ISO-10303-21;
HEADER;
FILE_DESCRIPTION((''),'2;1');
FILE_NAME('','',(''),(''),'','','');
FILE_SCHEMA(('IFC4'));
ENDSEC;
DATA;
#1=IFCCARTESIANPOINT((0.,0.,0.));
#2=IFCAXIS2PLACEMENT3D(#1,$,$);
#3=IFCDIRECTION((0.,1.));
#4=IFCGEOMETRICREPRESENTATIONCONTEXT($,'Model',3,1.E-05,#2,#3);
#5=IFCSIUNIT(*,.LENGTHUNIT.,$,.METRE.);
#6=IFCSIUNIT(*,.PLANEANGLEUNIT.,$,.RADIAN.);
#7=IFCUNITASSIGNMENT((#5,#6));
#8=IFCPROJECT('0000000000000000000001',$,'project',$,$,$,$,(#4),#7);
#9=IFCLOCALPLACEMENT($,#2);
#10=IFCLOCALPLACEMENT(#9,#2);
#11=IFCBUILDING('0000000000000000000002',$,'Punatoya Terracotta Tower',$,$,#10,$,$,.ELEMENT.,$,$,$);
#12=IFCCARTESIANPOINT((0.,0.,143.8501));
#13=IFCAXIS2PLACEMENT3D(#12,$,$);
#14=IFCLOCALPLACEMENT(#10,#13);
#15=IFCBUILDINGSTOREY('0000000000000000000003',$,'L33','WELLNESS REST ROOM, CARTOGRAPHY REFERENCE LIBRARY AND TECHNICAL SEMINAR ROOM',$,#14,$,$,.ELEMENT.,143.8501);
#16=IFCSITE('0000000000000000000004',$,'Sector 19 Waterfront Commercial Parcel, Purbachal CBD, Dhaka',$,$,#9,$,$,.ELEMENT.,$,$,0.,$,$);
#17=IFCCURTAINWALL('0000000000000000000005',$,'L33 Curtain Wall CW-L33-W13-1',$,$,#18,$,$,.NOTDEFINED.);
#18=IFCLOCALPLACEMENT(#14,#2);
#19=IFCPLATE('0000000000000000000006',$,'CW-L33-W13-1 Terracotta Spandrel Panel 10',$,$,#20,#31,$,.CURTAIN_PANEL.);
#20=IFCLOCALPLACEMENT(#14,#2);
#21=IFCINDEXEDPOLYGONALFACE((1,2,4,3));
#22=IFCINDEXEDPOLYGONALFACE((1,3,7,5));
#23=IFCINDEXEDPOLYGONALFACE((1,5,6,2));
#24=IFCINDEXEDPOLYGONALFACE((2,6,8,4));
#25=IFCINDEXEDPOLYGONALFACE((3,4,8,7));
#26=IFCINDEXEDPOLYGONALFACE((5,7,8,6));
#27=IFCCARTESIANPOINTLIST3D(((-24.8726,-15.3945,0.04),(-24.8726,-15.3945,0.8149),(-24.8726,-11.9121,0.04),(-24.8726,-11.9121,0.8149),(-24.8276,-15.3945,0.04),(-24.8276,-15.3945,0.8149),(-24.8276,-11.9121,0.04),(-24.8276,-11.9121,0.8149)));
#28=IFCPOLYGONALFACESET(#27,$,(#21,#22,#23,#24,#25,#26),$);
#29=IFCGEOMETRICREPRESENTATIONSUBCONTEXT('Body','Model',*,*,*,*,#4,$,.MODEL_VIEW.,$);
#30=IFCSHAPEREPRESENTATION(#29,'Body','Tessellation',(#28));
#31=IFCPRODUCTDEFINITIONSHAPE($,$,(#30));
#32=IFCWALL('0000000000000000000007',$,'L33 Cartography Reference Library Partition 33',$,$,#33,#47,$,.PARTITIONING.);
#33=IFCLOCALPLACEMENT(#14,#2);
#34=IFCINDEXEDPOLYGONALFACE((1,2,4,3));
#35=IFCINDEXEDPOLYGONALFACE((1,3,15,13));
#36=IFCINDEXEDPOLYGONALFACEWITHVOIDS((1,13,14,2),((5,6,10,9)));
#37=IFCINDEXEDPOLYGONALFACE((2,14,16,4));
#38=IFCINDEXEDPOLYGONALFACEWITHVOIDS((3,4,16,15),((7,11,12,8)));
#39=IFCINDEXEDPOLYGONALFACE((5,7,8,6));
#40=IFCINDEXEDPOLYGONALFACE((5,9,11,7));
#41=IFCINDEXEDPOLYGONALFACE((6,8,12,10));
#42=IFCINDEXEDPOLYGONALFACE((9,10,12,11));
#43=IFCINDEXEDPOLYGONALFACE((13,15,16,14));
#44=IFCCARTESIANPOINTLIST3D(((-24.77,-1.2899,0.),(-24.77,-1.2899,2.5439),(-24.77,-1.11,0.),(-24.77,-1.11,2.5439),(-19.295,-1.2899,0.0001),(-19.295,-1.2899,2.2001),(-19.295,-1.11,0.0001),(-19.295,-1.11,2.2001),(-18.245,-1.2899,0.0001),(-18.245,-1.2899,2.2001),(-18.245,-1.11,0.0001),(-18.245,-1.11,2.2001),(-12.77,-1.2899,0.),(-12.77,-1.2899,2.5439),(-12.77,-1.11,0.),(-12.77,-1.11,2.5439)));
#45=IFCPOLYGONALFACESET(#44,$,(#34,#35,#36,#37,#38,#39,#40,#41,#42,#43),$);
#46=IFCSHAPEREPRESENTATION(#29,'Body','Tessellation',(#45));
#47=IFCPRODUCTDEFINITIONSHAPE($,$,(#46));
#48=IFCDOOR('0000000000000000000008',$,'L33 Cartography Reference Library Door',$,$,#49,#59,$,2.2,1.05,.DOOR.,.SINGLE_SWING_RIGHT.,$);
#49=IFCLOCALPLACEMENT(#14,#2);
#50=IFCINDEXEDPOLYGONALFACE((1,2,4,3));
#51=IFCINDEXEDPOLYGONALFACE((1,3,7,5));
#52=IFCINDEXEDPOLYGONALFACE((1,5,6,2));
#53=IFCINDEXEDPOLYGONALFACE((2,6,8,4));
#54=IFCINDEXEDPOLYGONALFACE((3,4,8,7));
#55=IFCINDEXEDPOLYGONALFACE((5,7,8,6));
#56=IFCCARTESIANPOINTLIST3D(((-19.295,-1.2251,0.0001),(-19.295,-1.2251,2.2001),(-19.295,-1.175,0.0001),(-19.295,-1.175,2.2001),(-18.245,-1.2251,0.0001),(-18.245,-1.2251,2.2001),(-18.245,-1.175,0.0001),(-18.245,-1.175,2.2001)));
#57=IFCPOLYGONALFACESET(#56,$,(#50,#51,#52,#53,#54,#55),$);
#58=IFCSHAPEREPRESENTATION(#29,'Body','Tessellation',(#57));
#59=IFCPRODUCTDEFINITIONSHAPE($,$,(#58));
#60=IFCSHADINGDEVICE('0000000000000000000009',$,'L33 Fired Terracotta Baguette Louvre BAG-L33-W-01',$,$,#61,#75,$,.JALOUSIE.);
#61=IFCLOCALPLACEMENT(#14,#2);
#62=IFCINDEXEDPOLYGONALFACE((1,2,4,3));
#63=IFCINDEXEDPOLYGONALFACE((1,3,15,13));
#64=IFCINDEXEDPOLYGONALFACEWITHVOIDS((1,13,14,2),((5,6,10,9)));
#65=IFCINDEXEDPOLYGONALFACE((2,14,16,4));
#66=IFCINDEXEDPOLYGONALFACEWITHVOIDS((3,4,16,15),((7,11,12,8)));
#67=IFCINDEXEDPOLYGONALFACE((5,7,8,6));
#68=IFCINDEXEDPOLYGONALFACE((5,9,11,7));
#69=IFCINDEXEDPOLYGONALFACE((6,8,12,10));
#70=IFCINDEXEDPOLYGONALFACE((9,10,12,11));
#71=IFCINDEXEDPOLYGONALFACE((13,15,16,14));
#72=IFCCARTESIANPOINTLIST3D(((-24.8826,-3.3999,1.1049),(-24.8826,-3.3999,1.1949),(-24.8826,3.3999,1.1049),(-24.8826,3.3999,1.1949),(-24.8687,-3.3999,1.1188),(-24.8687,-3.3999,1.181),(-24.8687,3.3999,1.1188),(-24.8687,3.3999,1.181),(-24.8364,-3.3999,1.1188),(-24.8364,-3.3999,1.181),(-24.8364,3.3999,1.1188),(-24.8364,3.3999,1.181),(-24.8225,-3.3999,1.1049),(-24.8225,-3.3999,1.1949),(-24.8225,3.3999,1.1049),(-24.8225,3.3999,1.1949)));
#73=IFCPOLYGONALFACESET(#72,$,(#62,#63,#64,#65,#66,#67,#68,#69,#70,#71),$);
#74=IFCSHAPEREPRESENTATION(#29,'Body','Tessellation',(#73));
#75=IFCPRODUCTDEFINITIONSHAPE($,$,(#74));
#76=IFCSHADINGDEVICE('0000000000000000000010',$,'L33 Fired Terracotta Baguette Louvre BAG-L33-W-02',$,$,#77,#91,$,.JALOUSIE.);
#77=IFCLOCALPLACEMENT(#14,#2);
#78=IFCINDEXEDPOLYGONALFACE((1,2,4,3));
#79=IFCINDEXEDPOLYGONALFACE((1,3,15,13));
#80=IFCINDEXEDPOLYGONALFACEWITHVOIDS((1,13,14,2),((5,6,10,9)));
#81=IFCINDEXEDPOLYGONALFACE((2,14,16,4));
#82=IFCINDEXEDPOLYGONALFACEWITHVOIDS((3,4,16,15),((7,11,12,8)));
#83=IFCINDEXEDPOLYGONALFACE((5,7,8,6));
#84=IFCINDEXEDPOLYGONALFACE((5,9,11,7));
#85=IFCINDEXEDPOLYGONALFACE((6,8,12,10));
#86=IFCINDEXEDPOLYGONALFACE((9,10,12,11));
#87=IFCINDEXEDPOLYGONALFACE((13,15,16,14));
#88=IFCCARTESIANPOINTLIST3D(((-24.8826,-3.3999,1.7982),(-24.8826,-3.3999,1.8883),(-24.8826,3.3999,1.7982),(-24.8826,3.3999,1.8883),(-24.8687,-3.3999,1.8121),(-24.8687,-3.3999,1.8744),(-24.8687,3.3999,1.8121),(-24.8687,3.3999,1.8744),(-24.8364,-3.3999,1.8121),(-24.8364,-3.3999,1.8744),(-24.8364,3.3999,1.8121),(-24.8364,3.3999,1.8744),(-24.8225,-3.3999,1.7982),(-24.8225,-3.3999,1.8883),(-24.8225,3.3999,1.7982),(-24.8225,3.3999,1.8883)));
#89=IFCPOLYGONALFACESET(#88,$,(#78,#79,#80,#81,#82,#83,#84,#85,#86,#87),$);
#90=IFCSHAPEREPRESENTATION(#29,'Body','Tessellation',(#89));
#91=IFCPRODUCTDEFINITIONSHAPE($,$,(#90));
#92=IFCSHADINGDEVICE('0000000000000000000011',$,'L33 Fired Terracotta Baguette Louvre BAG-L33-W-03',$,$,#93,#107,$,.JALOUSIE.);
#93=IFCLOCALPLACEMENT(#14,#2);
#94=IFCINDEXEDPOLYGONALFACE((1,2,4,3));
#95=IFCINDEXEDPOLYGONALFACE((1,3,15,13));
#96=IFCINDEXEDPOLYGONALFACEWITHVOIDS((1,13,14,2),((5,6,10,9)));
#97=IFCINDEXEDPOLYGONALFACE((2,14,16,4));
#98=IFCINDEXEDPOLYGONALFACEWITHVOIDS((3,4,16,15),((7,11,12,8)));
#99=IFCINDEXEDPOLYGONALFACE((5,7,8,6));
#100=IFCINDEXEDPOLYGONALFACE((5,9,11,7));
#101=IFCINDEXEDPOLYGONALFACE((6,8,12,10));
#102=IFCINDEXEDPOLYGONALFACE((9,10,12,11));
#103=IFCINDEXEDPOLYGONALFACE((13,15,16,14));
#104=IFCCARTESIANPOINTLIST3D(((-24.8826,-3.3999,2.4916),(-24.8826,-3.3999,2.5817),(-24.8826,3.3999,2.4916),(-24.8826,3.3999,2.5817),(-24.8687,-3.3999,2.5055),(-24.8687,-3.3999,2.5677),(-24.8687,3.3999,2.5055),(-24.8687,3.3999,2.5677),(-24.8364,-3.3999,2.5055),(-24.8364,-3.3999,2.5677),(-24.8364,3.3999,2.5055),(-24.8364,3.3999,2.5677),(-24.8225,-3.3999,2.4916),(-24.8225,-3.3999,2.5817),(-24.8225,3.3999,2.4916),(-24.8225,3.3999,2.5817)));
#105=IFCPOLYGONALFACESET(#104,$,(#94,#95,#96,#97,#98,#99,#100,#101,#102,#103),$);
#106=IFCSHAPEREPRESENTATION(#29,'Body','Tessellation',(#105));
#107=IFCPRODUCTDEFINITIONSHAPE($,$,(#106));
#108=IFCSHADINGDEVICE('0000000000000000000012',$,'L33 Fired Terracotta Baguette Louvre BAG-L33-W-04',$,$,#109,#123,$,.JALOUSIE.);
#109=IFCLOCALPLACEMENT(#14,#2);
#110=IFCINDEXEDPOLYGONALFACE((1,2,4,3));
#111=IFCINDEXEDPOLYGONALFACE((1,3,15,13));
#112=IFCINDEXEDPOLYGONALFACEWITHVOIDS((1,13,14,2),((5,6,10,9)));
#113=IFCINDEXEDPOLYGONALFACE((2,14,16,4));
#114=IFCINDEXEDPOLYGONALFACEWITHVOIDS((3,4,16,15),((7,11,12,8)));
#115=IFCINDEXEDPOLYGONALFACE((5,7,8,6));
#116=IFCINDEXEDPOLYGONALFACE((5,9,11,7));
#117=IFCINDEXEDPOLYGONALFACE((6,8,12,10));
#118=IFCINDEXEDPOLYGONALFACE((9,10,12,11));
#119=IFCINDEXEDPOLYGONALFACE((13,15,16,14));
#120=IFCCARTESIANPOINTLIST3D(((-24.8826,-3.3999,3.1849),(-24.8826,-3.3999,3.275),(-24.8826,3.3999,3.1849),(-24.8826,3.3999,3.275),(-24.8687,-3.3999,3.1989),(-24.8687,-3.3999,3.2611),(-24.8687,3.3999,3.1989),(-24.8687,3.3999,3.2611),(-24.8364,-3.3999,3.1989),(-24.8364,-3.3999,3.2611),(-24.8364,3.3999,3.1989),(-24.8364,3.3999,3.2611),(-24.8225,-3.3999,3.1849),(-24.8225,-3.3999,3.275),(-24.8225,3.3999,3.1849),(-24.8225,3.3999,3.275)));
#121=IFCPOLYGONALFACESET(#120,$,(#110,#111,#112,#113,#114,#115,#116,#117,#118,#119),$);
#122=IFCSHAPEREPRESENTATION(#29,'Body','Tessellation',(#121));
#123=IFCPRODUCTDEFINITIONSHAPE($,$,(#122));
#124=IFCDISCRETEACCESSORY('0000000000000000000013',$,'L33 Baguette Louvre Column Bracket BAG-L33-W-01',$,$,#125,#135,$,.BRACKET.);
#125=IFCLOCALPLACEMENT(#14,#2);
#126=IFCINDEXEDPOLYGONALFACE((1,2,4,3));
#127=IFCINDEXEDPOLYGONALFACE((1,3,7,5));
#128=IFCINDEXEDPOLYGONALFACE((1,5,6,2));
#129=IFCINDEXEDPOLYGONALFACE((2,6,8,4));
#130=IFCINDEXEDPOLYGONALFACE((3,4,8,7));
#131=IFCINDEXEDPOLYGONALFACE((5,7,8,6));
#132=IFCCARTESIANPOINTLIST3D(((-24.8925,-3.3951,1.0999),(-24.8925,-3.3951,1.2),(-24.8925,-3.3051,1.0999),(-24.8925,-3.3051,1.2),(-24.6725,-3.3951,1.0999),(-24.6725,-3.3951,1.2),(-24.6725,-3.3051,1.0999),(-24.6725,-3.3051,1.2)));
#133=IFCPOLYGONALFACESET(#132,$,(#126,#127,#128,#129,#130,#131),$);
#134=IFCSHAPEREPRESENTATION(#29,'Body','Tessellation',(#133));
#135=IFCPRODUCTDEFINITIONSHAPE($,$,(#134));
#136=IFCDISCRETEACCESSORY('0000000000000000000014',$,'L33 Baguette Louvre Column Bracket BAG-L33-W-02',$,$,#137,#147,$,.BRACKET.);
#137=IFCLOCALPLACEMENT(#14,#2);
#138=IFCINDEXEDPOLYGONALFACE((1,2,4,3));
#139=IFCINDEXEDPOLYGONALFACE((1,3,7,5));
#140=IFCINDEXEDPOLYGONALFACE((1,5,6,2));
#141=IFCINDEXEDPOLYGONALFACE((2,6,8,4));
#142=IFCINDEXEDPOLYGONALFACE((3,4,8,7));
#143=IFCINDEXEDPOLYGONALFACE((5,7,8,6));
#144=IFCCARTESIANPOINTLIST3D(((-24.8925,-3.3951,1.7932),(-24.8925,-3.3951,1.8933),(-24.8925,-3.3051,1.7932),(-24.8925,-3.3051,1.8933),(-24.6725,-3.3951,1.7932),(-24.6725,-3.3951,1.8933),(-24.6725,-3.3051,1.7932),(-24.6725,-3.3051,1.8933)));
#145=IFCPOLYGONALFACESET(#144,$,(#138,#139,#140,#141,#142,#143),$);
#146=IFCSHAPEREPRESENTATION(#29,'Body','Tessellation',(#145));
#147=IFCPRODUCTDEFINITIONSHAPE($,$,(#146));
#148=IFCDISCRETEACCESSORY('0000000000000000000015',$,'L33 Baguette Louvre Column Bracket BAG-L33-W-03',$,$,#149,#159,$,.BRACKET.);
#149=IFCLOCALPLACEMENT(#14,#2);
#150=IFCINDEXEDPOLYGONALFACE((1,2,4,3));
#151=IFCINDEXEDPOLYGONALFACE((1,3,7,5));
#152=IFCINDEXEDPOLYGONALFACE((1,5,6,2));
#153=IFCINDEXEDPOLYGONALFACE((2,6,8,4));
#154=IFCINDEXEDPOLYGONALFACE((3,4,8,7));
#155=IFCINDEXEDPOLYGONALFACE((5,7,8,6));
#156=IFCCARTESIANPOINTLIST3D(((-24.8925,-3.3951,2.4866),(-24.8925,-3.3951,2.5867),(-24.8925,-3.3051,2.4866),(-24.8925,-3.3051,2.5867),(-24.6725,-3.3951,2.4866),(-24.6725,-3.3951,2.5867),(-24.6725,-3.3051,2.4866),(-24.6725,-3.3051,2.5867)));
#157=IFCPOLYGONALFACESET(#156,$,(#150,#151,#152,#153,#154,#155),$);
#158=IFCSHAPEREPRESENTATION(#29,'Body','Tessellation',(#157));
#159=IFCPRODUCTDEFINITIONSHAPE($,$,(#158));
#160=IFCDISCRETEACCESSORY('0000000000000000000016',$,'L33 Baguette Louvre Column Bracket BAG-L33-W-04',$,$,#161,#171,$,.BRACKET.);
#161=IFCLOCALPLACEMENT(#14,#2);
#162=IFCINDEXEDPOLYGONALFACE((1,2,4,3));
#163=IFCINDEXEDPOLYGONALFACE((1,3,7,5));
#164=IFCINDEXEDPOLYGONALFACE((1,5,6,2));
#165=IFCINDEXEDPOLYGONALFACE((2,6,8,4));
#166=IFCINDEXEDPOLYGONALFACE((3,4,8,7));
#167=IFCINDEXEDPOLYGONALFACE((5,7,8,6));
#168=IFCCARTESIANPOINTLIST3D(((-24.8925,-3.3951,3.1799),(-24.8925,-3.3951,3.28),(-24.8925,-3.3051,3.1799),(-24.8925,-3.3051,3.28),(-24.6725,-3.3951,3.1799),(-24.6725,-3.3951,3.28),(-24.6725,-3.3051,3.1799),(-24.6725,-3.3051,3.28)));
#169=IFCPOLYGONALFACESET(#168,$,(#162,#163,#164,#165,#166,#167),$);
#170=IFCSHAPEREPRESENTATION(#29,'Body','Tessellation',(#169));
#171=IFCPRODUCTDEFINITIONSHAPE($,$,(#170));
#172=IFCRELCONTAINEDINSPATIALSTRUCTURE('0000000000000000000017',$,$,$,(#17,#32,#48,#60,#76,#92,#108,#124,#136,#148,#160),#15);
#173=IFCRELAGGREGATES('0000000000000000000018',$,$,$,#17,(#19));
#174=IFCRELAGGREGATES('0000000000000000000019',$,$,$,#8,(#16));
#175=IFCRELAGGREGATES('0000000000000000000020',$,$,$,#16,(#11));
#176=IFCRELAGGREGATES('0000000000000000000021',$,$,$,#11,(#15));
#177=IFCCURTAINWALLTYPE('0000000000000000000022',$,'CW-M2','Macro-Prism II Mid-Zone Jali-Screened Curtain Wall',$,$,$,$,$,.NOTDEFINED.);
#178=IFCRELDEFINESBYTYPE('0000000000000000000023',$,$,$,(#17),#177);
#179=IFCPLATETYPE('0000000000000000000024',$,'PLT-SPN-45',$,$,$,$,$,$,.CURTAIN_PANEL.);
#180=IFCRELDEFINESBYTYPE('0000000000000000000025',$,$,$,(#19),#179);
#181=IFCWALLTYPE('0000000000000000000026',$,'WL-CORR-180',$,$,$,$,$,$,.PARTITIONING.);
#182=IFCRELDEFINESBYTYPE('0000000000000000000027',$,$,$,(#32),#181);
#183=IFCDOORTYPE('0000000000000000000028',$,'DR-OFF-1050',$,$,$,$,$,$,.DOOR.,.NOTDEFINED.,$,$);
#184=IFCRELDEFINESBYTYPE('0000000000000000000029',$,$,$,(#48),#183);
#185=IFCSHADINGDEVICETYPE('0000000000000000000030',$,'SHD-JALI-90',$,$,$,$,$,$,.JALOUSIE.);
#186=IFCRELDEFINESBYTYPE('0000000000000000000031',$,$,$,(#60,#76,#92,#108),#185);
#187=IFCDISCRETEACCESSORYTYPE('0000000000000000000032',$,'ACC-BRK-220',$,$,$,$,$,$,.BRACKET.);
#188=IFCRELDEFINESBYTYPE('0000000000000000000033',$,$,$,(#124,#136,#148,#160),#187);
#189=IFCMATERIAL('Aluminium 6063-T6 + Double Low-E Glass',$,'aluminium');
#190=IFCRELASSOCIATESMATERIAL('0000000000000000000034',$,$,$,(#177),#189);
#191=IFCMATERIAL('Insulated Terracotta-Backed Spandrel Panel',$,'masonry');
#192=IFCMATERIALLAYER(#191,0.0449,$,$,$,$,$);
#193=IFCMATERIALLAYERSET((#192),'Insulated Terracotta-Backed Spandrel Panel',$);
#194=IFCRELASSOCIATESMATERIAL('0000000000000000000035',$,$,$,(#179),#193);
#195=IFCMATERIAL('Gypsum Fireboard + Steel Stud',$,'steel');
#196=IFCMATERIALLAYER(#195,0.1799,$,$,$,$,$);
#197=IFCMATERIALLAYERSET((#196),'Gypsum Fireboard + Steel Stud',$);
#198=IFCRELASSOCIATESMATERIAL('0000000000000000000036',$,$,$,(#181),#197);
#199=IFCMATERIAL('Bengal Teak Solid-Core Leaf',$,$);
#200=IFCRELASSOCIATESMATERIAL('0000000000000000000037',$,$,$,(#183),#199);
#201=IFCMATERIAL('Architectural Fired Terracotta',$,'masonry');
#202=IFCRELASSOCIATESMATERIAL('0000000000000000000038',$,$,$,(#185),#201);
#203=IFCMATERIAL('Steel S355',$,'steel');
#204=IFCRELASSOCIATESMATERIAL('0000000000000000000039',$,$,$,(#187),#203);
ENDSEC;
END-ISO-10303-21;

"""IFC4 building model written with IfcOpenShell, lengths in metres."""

from ifc_helpers import new_model, si_unit, direction, frame, frame_2d, origin, origin_2d, place, context, subcontext, project, spatial, rectangle, hollow_rectangle, extrude, material, layer, layer_set, material_profile, profile_set, type_object, element, fill, aggregate, save


model = new_model("IFC4")

# Units and contexts
model_context = context("Model", 3, precision=1e-05, world=origin(), true_north=direction((0.0, 1.0)))
body_context = subcontext(model_context, "Body", "Model", "MODEL_VIEW")
ifc_project = project(units=[si_unit("LENGTHUNIT", "METRE"), si_unit("PLANEANGLEUNIT", "RADIAN")], contexts=[model_context])

# Site, building, storey
site_placement = place(None, origin())
site = spatial("IfcSite", under=ifc_project, at=site_placement, Name="Sector 19 Waterfront Commercial Parcel, Purbachal CBD, Dhaka", CompositionType="ELEMENT", RefElevation=0.0)
building_placement = place(site_placement, origin())
building = spatial("IfcBuilding", under=site, at=building_placement, Name="Punatoya Terracotta Tower", CompositionType="ELEMENT")
storey_placement = place(building_placement, frame((0.0, 0.0, 143.8501)))
storey = spatial("IfcBuildingStorey", under=building, at=storey_placement, Name="L33", Description="WELLNESS REST ROOM, CARTOGRAPHY REFERENCE LIBRARY AND TECHNICAL SEMINAR ROOM", CompositionType="ELEMENT", Elevation=143.8501)

# Curtain wall
ifc_material_1 = material(Name="Aluminium 6063-T6 + Double Low-E Glass", Category="aluminium")
curtain_wall_type = type_object("IfcCurtainWallType", Name="CW-M2", Description="Macro-Prism II Mid-Zone Jali-Screened Curtain Wall", PredefinedType="NOTDEFINED", material=ifc_material_1)
curtain_wall_1_placement = place(storey_placement, origin())
curtain_wall_1 = element("IfcCurtainWall", 1, at=curtain_wall_1_placement, inside=storey, type_object=curtain_wall_type, Name="L33 Curtain Wall CW-L33-W13-1", PredefinedType="NOTDEFINED")

# Shared definitions
ifc_material_2 = material(Name="Steel S355", Category="steel")

# Plate
ifc_material_3 = material(Name="Insulated Terracotta-Backed Spandrel Panel", Category="masonry")
ifc_layer_1 = layer(ifc_material_3, 0.0449)
ifc_layer_set_1 = layer_set([ifc_layer_1], Name="Insulated Terracotta-Backed Spandrel Panel")
plate_type_1 = type_object("IfcPlateType", Name="PLT-SPN-45", PredefinedType="CURTAIN_PANEL", material=ifc_layer_set_1)
plate_1_placement = place(storey_placement, frame((-24.8501, -13.6533, 0.04), z_axis=(0.0, 0.0, 1.0), x_axis=(0.0, -1.0, 0.0)))
plate_1 = element("IfcPlate", 2, at=plate_1_placement, type_object=plate_type_1, Name="CW-L33-W13-1 Terracotta Spandrel Panel 10", PredefinedType="CURTAIN_PANEL", context=body_context, shape_type="SweptSolid", body=[
    extrude(rectangle(XDim=3.4824, YDim=0.0449, at=origin_2d()), origin(), (0.0, 0.0, 1.0), 0.7749),
])
aggregate(curtain_wall_1, [plate_1])

# Wall, opening, door
ifc_material_4 = material(Name="Gypsum Fireboard + Steel Stud", Category="steel")
ifc_layer_2 = layer(ifc_material_4, 0.1799)
ifc_layer_set_2 = layer_set([ifc_layer_2], Name="Gypsum Fireboard + Steel Stud")
wall_type = type_object("IfcWallType", Name="WL-CORR-180", PredefinedType="PARTITIONING", material=ifc_layer_set_2)
wall_placement = place(storey_placement, frame((-24.77, -1.2, 0.0), z_axis=(0.0, 0.0, 1.0), x_axis=(1.0, 0.0, 0.0)))
wall = element("IfcWall", 3, at=wall_placement, inside=storey, type_object=wall_type, Name="L33 Cartography Reference Library Partition 33", PredefinedType="PARTITIONING", context=body_context, shape_type="SweptSolid", body=[
    extrude(rectangle(XDim=12.0, YDim=0.1799, at=frame_2d((6.0, 0.0))), origin(), (0.0, 0.0, 1.0), 2.5439),
])
opening_placement = place(wall_placement, frame((5.4751, 0.0, 0.0)))
opening = element("IfcOpeningElement", 4, at=opening_placement, cuts=wall, PredefinedType="OPENING", context=body_context, shape_type="SweptSolid", body=[
    extrude(rectangle(XDim=1.05, YDim=2.2, at=frame_2d((0.5249, 1.1001))), frame((0.0, 0.0999, 0.0), z_axis=(0.0, -1.0, 0.0), x_axis=(1.0, 0.0, 0.0)), (0.0, 0.0, 1.0), 0.2),
])
ifc_material_5 = material(Name="Bengal Teak Solid-Core Leaf")
door_type = type_object("IfcDoorType", Name="DR-OFF-1050", OperationType="NOTDEFINED", PredefinedType="DOOR", material=ifc_material_5)
door_placement = place(opening_placement, origin())
door = element("IfcDoor", 5, at=door_placement, inside=storey, type_object=door_type, Name="L33 Cartography Reference Library Door", OperationType="SINGLE_SWING_RIGHT", OverallHeight=2.2, OverallWidth=1.05, PredefinedType="DOOR", context=body_context, shape_type="SweptSolid", body=[
    extrude(rectangle(XDim=1.05, YDim=2.2, at=frame_2d((0.5249, 1.1001))), frame((0.0, 0.0249, 0.0), z_axis=(0.0, -1.0, 0.0), x_axis=(1.0, 0.0, 0.0)), (0.0, 0.0, 1.0), 0.05),
])
fill(opening, door)

# Shading devices
ifc_material_6 = material(Name="Architectural Fired Terracotta", Category="masonry")
ifc_material_profile_1 = material_profile(ifc_material_6, hollow_rectangle(XDim=0.0601, YDim=0.0901, WallThickness=0.0139, at=origin_2d()))
ifc_profile_set_1 = profile_set([ifc_material_profile_1], Name="Architectural Fired Terracotta")
shading_device_type = type_object("IfcShadingDeviceType", Name="SHD-JALI-90", PredefinedType="JALOUSIE", material=ifc_profile_set_1)
for number, where, z_axis, x_axis, name in (
    (6, (-24.8525, -3.3999, 1.1499), (0.0, 1.0, 0.0), (-1.0, 0.0, 0.0), "L33 Fired Terracotta Baguette Louvre BAG-L33-W-01"),
    (7, (-24.8525, -3.3999, 1.8433), (0.0, 1.0, 0.0), (-1.0, 0.0, 0.0), "L33 Fired Terracotta Baguette Louvre BAG-L33-W-02"),
    (8, (-24.8525, -3.3999, 2.5366), (0.0, 1.0, 0.0), (-1.0, 0.0, 0.0), "L33 Fired Terracotta Baguette Louvre BAG-L33-W-03"),
    (9, (-24.8525, -3.3999, 3.23), (0.0, 1.0, 0.0), (-1.0, 0.0, 0.0), "L33 Fired Terracotta Baguette Louvre BAG-L33-W-04"),
):
    element("IfcShadingDevice", number, at=place(storey_placement, frame(where, z_axis=z_axis, x_axis=x_axis)), inside=storey, type_object=shading_device_type, Name=name, PredefinedType="JALOUSIE", context=body_context, shape_type="SweptSolid", body=[
        extrude(hollow_rectangle(XDim=0.0601, YDim=0.0901, WallThickness=0.0139, at=origin_2d()), origin(), (0.0, 0.0, 1.0), 6.7998),
    ])

# Discrete accessories
discrete_accessory_type = type_object("IfcDiscreteAccessoryType", Name="ACC-BRK-220", PredefinedType="BRACKET", material=ifc_material_2)
for number, where, z_axis, x_axis, name in (
    (10, (-24.7825, -3.3501, 1.0999), (0.0, 0.0, 1.0), (0.0, 1.0, 0.0), "L33 Baguette Louvre Column Bracket BAG-L33-W-01"),
    (11, (-24.7825, -3.3501, 1.7932), (0.0, 0.0, 1.0), (0.0, 1.0, 0.0), "L33 Baguette Louvre Column Bracket BAG-L33-W-02"),
    (12, (-24.7825, -3.3501, 2.4866), (0.0, 0.0, 1.0), (0.0, 1.0, 0.0), "L33 Baguette Louvre Column Bracket BAG-L33-W-03"),
    (13, (-24.7825, -3.3501, 3.1799), (0.0, 0.0, 1.0), (0.0, 1.0, 0.0), "L33 Baguette Louvre Column Bracket BAG-L33-W-04"),
):
    element("IfcDiscreteAccessory", number, at=place(storey_placement, frame(where, z_axis=z_axis, x_axis=x_axis)), inside=storey, type_object=discrete_accessory_type, Name=name, PredefinedType="BRACKET", context=body_context, shape_type="SweptSolid", body=[
        extrude(rectangle(XDim=0.0901, YDim=0.22, at=origin_2d()), origin(), (0.0, 0.0, 1.0), 0.1001),
    ])

save(model, "model.ifc")
